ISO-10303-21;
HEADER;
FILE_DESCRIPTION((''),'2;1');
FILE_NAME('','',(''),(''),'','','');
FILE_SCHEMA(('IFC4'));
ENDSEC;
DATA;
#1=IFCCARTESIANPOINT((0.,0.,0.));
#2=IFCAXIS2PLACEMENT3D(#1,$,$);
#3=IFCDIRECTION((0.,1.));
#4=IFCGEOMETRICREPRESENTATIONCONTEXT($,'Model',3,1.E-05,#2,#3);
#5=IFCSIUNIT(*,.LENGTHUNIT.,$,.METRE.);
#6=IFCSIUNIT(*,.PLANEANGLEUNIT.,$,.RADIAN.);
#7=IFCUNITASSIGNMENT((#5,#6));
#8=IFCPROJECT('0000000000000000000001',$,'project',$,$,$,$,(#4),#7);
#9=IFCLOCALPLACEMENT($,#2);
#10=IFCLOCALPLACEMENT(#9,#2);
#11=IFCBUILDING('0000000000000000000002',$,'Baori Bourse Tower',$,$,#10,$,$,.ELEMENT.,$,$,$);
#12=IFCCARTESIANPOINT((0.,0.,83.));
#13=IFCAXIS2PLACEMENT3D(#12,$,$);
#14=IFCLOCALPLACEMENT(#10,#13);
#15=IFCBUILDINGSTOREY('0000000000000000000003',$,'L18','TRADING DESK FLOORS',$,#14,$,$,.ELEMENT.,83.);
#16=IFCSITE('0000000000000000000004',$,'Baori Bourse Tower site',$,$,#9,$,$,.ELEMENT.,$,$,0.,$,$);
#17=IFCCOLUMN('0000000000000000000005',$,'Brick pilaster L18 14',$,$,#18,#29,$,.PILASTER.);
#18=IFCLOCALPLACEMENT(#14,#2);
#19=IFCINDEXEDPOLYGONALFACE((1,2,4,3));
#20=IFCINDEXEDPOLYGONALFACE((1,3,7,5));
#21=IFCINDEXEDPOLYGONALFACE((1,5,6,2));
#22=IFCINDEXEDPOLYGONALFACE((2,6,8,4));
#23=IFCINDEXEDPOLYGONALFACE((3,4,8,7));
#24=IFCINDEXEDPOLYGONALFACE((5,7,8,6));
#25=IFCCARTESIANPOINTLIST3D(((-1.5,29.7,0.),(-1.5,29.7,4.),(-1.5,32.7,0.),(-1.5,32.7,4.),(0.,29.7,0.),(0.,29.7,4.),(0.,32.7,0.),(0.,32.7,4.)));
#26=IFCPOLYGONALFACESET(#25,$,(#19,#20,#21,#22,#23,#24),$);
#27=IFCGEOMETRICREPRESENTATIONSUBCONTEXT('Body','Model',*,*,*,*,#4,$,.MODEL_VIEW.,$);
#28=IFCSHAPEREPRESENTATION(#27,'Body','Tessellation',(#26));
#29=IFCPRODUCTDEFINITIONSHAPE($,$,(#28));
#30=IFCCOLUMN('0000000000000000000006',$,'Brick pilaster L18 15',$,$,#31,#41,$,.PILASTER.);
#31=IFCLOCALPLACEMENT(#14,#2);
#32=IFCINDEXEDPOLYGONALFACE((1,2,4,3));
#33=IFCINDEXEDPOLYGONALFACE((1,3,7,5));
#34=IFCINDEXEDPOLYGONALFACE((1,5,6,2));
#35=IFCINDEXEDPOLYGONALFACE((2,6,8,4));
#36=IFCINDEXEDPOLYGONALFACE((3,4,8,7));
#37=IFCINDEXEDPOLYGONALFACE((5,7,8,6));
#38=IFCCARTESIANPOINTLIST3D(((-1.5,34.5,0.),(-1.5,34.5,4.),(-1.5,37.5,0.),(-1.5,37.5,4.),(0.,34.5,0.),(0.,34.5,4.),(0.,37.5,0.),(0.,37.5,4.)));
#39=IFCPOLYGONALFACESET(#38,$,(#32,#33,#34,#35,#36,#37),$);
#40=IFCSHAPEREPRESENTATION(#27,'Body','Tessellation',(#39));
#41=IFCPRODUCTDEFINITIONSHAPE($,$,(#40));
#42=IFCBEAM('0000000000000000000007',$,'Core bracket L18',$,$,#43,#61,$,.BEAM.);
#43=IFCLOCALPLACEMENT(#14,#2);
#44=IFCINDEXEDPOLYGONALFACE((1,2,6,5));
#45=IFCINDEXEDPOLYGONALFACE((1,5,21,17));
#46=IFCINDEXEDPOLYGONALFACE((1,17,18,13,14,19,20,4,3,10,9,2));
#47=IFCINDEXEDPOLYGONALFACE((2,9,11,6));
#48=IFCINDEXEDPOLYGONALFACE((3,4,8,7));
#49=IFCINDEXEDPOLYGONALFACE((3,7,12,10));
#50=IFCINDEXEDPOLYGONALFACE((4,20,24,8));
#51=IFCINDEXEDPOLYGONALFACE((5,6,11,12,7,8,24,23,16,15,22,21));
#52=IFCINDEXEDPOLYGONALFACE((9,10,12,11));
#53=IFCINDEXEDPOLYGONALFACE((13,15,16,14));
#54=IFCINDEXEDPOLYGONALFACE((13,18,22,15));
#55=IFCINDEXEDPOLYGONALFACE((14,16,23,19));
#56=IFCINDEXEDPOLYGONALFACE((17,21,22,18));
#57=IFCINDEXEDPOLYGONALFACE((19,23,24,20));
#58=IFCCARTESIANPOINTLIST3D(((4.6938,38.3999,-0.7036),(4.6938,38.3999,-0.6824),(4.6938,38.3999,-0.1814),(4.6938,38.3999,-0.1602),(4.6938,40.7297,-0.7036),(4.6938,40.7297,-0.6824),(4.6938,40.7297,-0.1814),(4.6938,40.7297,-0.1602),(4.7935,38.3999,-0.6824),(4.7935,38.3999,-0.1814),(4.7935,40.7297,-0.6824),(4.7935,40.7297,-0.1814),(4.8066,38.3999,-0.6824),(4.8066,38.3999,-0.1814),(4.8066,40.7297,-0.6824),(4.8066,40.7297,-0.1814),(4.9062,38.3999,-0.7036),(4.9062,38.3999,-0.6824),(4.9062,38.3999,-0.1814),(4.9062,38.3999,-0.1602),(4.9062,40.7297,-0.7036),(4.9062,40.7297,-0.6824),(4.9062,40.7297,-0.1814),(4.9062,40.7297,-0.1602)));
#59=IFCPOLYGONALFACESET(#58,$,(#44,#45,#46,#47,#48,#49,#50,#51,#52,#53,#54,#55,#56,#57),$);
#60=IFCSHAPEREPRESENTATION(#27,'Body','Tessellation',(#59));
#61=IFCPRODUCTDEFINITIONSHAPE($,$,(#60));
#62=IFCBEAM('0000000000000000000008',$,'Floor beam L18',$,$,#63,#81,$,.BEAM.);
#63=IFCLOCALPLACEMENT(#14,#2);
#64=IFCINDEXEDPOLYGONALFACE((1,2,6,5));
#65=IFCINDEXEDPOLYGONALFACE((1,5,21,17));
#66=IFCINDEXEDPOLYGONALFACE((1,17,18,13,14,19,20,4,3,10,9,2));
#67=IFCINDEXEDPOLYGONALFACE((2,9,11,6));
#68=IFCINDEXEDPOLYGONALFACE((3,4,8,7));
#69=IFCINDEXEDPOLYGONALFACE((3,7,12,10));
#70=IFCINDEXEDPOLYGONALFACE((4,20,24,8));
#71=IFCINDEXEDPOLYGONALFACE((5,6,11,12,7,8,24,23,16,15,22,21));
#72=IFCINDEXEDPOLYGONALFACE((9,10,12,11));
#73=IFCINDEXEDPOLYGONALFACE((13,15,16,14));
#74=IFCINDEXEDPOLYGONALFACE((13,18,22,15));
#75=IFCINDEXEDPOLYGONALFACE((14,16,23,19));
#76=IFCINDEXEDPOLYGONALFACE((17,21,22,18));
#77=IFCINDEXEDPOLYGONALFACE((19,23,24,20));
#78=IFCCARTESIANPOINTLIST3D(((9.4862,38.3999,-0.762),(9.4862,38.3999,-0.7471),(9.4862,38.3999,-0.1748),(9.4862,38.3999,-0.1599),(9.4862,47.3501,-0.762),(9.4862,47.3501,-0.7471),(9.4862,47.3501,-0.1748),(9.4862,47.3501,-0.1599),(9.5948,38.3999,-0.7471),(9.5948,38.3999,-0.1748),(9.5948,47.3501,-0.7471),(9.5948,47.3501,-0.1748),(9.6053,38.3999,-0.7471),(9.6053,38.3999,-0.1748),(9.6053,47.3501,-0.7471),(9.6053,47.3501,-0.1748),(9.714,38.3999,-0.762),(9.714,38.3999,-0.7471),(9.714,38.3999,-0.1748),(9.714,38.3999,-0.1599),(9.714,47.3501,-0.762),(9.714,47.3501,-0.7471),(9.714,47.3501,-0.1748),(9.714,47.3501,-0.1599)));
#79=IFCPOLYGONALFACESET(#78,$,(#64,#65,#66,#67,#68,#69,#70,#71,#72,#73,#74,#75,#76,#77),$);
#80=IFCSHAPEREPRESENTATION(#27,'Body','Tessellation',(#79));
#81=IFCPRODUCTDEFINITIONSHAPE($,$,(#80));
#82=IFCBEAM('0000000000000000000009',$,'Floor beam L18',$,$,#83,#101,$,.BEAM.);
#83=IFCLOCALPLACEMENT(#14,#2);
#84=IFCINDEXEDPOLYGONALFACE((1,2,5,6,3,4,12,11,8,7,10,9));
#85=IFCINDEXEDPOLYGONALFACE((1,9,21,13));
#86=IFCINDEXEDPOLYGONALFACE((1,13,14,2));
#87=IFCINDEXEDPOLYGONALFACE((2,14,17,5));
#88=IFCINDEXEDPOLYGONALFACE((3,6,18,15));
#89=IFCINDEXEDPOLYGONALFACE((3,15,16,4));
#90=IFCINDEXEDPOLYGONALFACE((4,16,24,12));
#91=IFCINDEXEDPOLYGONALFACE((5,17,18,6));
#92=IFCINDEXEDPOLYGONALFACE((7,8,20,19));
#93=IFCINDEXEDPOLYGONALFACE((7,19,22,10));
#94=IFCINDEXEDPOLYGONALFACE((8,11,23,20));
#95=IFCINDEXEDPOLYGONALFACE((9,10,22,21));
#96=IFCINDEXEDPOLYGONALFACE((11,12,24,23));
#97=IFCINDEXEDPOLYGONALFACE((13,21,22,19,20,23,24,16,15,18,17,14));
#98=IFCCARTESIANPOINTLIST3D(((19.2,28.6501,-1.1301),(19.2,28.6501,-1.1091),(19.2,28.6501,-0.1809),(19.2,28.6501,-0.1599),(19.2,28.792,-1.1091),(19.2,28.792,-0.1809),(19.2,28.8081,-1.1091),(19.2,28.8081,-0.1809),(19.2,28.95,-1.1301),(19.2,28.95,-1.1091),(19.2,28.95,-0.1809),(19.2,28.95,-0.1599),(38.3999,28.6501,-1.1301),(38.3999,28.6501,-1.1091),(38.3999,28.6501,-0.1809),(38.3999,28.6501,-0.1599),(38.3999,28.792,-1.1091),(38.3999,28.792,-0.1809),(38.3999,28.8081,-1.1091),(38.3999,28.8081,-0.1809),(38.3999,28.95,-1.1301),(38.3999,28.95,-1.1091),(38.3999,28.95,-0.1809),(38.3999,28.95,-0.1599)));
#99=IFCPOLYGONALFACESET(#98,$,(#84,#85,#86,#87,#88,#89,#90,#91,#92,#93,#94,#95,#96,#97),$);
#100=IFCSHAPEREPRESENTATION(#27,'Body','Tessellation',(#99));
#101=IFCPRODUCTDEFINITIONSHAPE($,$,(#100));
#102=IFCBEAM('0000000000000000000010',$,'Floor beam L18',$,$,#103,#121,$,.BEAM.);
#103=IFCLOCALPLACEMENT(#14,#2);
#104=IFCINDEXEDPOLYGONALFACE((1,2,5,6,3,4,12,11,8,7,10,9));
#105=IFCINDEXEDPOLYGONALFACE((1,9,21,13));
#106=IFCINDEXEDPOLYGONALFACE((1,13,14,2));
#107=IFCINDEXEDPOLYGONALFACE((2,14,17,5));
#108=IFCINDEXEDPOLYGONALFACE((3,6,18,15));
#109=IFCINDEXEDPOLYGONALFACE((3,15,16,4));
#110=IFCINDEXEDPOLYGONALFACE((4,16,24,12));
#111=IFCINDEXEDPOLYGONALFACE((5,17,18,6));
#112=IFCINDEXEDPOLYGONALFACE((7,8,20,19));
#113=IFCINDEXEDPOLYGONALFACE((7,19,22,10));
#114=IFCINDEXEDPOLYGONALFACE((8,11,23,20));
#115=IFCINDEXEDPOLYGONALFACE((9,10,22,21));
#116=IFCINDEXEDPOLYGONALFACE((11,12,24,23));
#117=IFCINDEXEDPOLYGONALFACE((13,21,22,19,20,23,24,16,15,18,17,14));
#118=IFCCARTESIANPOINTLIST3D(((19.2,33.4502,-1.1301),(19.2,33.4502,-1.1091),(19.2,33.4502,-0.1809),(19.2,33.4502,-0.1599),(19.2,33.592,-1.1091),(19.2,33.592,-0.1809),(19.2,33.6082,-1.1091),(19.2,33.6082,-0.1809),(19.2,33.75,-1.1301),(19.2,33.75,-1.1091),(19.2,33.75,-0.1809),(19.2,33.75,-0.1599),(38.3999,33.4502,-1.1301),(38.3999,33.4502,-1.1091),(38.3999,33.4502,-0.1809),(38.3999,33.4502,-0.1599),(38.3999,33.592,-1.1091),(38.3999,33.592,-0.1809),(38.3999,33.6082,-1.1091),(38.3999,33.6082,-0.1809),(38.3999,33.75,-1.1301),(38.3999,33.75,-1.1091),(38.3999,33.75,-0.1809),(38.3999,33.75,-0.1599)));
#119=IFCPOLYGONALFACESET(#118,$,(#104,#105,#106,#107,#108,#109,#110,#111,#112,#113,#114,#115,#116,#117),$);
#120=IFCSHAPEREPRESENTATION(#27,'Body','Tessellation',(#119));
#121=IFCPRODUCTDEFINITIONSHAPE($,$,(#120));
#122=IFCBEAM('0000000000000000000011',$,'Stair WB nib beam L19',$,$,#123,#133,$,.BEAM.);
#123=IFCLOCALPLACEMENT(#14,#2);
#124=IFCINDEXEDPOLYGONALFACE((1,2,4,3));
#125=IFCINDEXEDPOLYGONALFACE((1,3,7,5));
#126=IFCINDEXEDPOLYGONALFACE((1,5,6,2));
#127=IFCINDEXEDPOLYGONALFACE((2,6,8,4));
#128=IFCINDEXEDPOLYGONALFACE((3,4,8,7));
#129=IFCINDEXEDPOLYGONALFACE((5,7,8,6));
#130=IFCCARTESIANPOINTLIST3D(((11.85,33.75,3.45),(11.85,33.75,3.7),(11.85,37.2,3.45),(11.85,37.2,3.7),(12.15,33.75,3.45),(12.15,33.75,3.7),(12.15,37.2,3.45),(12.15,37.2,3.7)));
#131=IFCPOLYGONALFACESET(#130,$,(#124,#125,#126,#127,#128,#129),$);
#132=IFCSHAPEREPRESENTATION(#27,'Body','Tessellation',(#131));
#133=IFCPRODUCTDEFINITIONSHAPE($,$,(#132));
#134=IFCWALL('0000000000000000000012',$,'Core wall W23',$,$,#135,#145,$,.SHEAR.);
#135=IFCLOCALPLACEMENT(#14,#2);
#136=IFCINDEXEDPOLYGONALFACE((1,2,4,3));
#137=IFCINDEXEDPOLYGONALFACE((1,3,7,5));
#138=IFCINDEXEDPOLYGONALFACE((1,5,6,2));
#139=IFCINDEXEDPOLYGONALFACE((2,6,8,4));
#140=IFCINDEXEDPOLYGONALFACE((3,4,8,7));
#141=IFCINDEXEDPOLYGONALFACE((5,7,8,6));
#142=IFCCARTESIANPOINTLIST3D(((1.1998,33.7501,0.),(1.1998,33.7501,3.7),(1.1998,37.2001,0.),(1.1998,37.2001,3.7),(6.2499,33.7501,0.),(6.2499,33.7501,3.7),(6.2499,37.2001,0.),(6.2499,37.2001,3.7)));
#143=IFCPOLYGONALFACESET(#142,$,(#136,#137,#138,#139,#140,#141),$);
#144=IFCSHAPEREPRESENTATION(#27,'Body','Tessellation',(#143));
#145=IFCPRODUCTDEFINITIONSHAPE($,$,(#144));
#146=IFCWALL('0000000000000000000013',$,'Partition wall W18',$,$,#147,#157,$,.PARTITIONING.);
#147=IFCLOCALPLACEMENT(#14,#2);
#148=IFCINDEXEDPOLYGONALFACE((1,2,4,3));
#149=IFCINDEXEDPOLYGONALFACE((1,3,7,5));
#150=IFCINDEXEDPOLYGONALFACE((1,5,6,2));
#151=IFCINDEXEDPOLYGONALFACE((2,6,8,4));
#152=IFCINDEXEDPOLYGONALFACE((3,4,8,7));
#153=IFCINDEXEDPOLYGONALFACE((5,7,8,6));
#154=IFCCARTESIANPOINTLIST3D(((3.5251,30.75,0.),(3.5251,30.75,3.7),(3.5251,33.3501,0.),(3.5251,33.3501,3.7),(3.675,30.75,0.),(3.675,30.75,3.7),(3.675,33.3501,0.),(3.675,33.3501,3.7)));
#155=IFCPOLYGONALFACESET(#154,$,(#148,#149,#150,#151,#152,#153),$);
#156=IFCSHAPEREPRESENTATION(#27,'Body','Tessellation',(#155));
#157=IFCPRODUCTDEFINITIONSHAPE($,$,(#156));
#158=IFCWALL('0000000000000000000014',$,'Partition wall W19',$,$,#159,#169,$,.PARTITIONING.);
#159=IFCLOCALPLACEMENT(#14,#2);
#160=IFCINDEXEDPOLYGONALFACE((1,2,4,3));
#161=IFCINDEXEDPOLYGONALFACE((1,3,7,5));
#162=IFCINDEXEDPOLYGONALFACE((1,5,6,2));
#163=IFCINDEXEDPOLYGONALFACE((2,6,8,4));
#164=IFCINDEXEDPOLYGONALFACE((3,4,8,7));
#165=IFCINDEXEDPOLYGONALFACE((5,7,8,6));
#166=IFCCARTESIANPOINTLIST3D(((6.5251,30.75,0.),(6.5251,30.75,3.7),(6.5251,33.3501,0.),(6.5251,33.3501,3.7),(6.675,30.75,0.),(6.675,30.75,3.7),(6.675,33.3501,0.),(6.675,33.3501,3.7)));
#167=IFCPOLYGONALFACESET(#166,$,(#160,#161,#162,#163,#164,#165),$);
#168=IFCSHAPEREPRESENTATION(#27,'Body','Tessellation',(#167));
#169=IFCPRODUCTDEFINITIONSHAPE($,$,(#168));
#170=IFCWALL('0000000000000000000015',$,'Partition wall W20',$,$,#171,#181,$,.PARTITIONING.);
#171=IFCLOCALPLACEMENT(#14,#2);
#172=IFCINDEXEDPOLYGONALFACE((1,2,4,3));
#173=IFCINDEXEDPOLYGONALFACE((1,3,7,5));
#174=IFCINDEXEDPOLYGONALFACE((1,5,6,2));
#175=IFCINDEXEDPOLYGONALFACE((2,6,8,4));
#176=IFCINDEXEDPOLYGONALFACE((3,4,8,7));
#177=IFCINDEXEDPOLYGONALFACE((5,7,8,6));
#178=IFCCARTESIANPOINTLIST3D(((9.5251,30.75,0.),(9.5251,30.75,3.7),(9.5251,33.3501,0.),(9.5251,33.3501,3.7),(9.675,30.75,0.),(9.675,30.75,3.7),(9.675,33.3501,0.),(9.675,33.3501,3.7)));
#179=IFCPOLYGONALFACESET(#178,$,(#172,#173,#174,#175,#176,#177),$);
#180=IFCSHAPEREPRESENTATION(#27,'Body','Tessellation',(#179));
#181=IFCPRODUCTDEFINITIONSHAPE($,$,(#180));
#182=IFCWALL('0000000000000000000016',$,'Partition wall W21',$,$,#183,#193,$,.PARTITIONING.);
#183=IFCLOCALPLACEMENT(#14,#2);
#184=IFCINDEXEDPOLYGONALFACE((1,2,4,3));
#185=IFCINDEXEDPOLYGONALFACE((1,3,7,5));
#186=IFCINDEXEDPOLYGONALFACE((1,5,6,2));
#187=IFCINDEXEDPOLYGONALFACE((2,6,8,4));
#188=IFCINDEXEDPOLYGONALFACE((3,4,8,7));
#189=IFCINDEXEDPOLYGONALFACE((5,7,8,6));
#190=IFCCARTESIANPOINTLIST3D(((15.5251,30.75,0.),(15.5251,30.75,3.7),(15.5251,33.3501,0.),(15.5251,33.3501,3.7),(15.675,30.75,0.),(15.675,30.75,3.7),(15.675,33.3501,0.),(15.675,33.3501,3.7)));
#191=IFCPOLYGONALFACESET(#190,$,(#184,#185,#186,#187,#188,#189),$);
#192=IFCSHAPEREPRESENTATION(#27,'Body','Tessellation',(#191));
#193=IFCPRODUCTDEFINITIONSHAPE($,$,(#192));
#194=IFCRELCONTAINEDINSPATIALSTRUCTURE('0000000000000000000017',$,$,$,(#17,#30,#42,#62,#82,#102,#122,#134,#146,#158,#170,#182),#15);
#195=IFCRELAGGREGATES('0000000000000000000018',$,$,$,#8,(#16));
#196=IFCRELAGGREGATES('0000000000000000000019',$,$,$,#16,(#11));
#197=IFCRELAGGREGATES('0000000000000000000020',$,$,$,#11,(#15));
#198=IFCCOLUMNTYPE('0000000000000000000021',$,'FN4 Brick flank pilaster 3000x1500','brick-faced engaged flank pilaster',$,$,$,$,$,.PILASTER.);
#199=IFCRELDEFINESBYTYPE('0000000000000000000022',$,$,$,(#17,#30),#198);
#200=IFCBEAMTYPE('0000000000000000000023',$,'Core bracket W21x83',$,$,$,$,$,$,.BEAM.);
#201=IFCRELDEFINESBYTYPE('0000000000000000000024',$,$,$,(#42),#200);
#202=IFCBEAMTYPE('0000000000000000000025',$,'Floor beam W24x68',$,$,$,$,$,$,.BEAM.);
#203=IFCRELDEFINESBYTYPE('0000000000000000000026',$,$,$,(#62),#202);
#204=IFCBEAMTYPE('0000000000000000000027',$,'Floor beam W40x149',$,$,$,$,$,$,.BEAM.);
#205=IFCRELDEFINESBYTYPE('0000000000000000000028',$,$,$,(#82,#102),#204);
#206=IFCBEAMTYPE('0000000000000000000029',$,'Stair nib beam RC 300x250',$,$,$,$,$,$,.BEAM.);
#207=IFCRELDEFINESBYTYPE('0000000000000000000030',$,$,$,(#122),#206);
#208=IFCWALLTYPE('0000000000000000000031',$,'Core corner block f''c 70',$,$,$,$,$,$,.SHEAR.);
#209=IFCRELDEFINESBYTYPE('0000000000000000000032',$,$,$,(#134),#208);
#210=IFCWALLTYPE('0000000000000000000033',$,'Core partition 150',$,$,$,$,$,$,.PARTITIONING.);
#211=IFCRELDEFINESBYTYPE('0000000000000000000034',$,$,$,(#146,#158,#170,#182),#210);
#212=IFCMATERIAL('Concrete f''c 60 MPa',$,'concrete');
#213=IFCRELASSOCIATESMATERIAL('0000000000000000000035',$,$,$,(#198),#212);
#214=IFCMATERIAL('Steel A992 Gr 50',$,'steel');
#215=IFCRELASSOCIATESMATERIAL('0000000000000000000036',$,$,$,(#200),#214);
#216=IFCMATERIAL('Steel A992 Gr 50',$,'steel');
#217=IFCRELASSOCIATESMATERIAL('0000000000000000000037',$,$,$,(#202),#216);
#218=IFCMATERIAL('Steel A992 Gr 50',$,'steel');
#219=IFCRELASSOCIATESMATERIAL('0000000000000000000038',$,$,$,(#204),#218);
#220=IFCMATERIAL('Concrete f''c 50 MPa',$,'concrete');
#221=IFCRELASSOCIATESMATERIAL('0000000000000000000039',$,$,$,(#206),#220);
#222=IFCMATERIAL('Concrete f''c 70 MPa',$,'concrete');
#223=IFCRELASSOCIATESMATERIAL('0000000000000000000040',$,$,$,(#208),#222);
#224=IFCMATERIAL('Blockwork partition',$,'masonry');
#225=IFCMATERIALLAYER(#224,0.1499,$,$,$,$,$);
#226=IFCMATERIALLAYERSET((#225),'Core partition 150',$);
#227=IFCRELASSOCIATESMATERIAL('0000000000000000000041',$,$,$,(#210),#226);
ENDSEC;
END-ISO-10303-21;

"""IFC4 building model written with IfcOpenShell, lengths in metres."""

from ifc_helpers import new_model, si_unit, direction, frame, frame_2d, origin, origin_2d, place, context, subcontext, project, spatial, rectangle, i_section, extrude, material, layer, layer_set, material_profile, profile_set, type_object, element, save


model = new_model("IFC4")

# Units and contexts
model_context = context("Model", 3, precision=1e-05, world=origin(), true_north=direction((0.0, 1.0)))
body_context = subcontext(model_context, "Body", "Model", "MODEL_VIEW")
ifc_project = project(units=[si_unit("LENGTHUNIT", "METRE"), si_unit("PLANEANGLEUNIT", "RADIAN")], contexts=[model_context])

# Site, building, storey
site_placement = place(None, origin())
site = spatial("IfcSite", under=ifc_project, at=site_placement, Name="Baori Bourse Tower site", CompositionType="ELEMENT", RefElevation=0.0)
building_placement = place(site_placement, origin())
building = spatial("IfcBuilding", under=site, at=building_placement, Name="Baori Bourse Tower", CompositionType="ELEMENT")
storey_placement = place(building_placement, frame((0.0, 0.0, 83.0)))
storey = spatial("IfcBuildingStorey", under=building, at=storey_placement, Name="L18", Description="TRADING DESK FLOORS", CompositionType="ELEMENT", Elevation=83.0)

# Columns
ifc_material_1 = material(Name="Concrete f'c 60 MPa", Category="concrete")
ifc_material_profile_1 = material_profile(ifc_material_1, rectangle(XDim=3.0, YDim=1.5, at=origin_2d()), Name="RC 3000x1500")
ifc_profile_set_1 = profile_set([ifc_material_profile_1], Name="Concrete f'c 60 MPa")
column_type = type_object("IfcColumnType", Name="FN4 Brick flank pilaster 3000x1500", Description="brick-faced engaged flank pilaster", PredefinedType="PILASTER", material=ifc_profile_set_1)
for number, where, z_axis, x_axis, name in (
    (1, (-0.75, 31.2, 0.0), (0.0, 0.0, 1.0), (0.0, 1.0, 0.0), "Brick pilaster L18 14"),
    (2, (-0.75, 36.0, 0.0), (0.0, 0.0, 1.0), (0.0, 1.0, 0.0), "Brick pilaster L18 15"),
):
    element("IfcColumn", number, at=place(storey_placement, frame(where, z_axis=z_axis, x_axis=x_axis)), inside=storey, type_object=column_type, Name=name, PredefinedType="PILASTER", context=body_context, shape_type="SweptSolid", body=[
        extrude(rectangle(XDim=3.0, YDim=1.5, at=origin_2d()), origin(), (0.0, 0.0, 1.0), 4.0),
    ])

# Beams
ifc_material_2 = material(Name="Steel A992 Gr 50", Category="steel")
ifc_material_profile_2 = material_profile(ifc_material_2, i_section(OverallWidth=0.2124, OverallDepth=0.5435, WebThickness=0.0132, FlangeThickness=0.0212, at=origin_2d()), Name="W21x83")
ifc_profile_set_2 = profile_set([ifc_material_profile_2], Name="Steel A992 Gr 50")
beam_type_1 = type_object("IfcBeamType", Name="Core bracket W21x83", PredefinedType="BEAM", material=ifc_profile_set_2)
beam_1_placement = place(storey_placement, frame((4.8, 38.3999, -0.4319), z_axis=(0.0, 1.0, 0.0), x_axis=(-1.0, 0.0, 0.0)))
element("IfcBeam", 3, at=beam_1_placement, inside=storey, type_object=beam_type_1, Name="Core bracket L18", PredefinedType="BEAM", context=body_context, shape_type="SweptSolid", body=[
    extrude(i_section(OverallWidth=0.2124, OverallDepth=0.5435, WebThickness=0.0132, FlangeThickness=0.0212, at=origin_2d()), origin(), (0.0, 0.0, 1.0), 2.3298),
])
ifc_material_3 = material(Name="Steel A992 Gr 50", Category="steel")
ifc_material_profile_3 = material_profile(ifc_material_3, i_section(OverallWidth=0.2278, OverallDepth=0.6021, WebThickness=0.0105, FlangeThickness=0.0149, at=origin_2d()), Name="W24x68")
ifc_profile_set_3 = profile_set([ifc_material_profile_3], Name="Steel A992 Gr 50")
beam_type_2 = type_object("IfcBeamType", Name="Floor beam W24x68", PredefinedType="BEAM", material=ifc_profile_set_3)
beam_2_placement = place(storey_placement, frame((9.6001, 38.3999, -0.4609), z_axis=(0.0, 1.0, 0.0), x_axis=(-1.0, 0.0, 0.0)))
element("IfcBeam", 4, at=beam_2_placement, inside=storey, type_object=beam_type_2, Name="Floor beam L18", PredefinedType="BEAM", context=body_context, shape_type="SweptSolid", body=[
    extrude(i_section(OverallWidth=0.2278, OverallDepth=0.6021, WebThickness=0.0105, FlangeThickness=0.0149, at=origin_2d()), origin(), (0.0, 0.0, 1.0), 8.9502),
])
ifc_material_4 = material(Name="Steel A992 Gr 50", Category="steel")
ifc_material_profile_4 = material_profile(ifc_material_4, i_section(OverallWidth=0.2998, OverallDepth=0.9702, WebThickness=0.0161, FlangeThickness=0.021, at=origin_2d()), Name="W40x149")
ifc_profile_set_4 = profile_set([ifc_material_profile_4], Name="Steel A992 Gr 50")
beam_type_3 = type_object("IfcBeamType", Name="Floor beam W40x149", PredefinedType="BEAM", material=ifc_profile_set_4)
for number, where, z_axis, x_axis, name in (
    (5, (19.2, 28.8, -0.645), (1.0, 0.0, 0.0), (0.0, 1.0, 0.0), "Floor beam L18"),
    (6, (19.2, 33.6001, -0.645), (1.0, 0.0, 0.0), (0.0, 1.0, 0.0), "Floor beam L18"),
):
    element("IfcBeam", number, at=place(storey_placement, frame(where, z_axis=z_axis, x_axis=x_axis)), inside=storey, type_object=beam_type_3, Name=name, PredefinedType="BEAM", context=body_context, shape_type="SweptSolid", body=[
        extrude(i_section(OverallWidth=0.2998, OverallDepth=0.9702, WebThickness=0.0161, FlangeThickness=0.021, at=origin_2d()), origin(), (0.0, 0.0, 1.0), 19.2),
    ])
ifc_material_5 = material(Name="Concrete f'c 50 MPa", Category="concrete")
ifc_material_profile_5 = material_profile(ifc_material_5, rectangle(XDim=0.3, YDim=0.25, at=origin_2d()), Name="RC 300x250")
ifc_profile_set_5 = profile_set([ifc_material_profile_5], Name="Concrete f'c 50 MPa")
beam_type_4 = type_object("IfcBeamType", Name="Stair nib beam RC 300x250", PredefinedType="BEAM", material=ifc_profile_set_5)
beam_3_placement = place(storey_placement, frame((12.0, 33.75, 3.575), z_axis=(0.0, 1.0, 0.0), x_axis=(-1.0, 0.0, 0.0)))
element("IfcBeam", 7, at=beam_3_placement, inside=storey, type_object=beam_type_4, Name="Stair WB nib beam L19", PredefinedType="BEAM", context=body_context, shape_type="SweptSolid", body=[
    extrude(rectangle(XDim=0.3, YDim=0.25, at=origin_2d()), origin(), (0.0, 0.0, 1.0), 3.45),
])

# Walls
ifc_material_6 = material(Name="Concrete f'c 70 MPa", Category="concrete")
wall_type_1 = type_object("IfcWallType", Name="Core corner block f'c 70", PredefinedType="SHEAR", material=ifc_material_6)
wall_1_placement = place(storey_placement, frame((1.2, 35.4751, 0.0), z_axis=(0.0, 0.0, 1.0), x_axis=(1.0, 0.0, 0.0)))
element("IfcWall", 8, at=wall_1_placement, inside=storey, type_object=wall_type_1, Name="Core wall W23", PredefinedType="SHEAR", context=body_context, shape_type="SweptSolid", body=[
    extrude(rectangle(XDim=5.05, YDim=3.45, at=frame_2d((2.5249, 0.0))), origin(), (0.0, 0.0, 1.0), 3.7),
])
ifc_material_7 = material(Name="Blockwork partition", Category="masonry")
ifc_layer_1 = layer(ifc_material_7, 0.1499)
ifc_layer_set_1 = layer_set([ifc_layer_1], Name="Core partition 150")
wall_type_2 = type_object("IfcWallType", Name="Core partition 150", PredefinedType="PARTITIONING", material=ifc_layer_set_1)
for number, where, z_axis, x_axis, name in (
    (9, (3.6001, 30.75, 0.0), (0.0, 0.0, 1.0), (0.0, 1.0, 0.0), "Partition wall W18"),
    (10, (6.6001, 30.75, 0.0), (0.0, 0.0, 1.0), (0.0, 1.0, 0.0), "Partition wall W19"),
    (11, (9.6001, 30.75, 0.0), (0.0, 0.0, 1.0), (0.0, 1.0, 0.0), "Partition wall W20"),
    (12, (15.6001, 30.75, 0.0), (0.0, 0.0, 1.0), (0.0, 1.0, 0.0), "Partition wall W21"),
):
    element("IfcWall", number, at=place(storey_placement, frame(where, z_axis=z_axis, x_axis=x_axis)), inside=storey, type_object=wall_type_2, Name=name, PredefinedType="PARTITIONING", context=body_context, shape_type="SweptSolid", body=[
        extrude(rectangle(XDim=2.6001, YDim=0.1499, at=frame_2d((1.3, 0.0))), origin(), (0.0, 0.0, 1.0), 3.7),
    ])

save(model, "model.ifc")
